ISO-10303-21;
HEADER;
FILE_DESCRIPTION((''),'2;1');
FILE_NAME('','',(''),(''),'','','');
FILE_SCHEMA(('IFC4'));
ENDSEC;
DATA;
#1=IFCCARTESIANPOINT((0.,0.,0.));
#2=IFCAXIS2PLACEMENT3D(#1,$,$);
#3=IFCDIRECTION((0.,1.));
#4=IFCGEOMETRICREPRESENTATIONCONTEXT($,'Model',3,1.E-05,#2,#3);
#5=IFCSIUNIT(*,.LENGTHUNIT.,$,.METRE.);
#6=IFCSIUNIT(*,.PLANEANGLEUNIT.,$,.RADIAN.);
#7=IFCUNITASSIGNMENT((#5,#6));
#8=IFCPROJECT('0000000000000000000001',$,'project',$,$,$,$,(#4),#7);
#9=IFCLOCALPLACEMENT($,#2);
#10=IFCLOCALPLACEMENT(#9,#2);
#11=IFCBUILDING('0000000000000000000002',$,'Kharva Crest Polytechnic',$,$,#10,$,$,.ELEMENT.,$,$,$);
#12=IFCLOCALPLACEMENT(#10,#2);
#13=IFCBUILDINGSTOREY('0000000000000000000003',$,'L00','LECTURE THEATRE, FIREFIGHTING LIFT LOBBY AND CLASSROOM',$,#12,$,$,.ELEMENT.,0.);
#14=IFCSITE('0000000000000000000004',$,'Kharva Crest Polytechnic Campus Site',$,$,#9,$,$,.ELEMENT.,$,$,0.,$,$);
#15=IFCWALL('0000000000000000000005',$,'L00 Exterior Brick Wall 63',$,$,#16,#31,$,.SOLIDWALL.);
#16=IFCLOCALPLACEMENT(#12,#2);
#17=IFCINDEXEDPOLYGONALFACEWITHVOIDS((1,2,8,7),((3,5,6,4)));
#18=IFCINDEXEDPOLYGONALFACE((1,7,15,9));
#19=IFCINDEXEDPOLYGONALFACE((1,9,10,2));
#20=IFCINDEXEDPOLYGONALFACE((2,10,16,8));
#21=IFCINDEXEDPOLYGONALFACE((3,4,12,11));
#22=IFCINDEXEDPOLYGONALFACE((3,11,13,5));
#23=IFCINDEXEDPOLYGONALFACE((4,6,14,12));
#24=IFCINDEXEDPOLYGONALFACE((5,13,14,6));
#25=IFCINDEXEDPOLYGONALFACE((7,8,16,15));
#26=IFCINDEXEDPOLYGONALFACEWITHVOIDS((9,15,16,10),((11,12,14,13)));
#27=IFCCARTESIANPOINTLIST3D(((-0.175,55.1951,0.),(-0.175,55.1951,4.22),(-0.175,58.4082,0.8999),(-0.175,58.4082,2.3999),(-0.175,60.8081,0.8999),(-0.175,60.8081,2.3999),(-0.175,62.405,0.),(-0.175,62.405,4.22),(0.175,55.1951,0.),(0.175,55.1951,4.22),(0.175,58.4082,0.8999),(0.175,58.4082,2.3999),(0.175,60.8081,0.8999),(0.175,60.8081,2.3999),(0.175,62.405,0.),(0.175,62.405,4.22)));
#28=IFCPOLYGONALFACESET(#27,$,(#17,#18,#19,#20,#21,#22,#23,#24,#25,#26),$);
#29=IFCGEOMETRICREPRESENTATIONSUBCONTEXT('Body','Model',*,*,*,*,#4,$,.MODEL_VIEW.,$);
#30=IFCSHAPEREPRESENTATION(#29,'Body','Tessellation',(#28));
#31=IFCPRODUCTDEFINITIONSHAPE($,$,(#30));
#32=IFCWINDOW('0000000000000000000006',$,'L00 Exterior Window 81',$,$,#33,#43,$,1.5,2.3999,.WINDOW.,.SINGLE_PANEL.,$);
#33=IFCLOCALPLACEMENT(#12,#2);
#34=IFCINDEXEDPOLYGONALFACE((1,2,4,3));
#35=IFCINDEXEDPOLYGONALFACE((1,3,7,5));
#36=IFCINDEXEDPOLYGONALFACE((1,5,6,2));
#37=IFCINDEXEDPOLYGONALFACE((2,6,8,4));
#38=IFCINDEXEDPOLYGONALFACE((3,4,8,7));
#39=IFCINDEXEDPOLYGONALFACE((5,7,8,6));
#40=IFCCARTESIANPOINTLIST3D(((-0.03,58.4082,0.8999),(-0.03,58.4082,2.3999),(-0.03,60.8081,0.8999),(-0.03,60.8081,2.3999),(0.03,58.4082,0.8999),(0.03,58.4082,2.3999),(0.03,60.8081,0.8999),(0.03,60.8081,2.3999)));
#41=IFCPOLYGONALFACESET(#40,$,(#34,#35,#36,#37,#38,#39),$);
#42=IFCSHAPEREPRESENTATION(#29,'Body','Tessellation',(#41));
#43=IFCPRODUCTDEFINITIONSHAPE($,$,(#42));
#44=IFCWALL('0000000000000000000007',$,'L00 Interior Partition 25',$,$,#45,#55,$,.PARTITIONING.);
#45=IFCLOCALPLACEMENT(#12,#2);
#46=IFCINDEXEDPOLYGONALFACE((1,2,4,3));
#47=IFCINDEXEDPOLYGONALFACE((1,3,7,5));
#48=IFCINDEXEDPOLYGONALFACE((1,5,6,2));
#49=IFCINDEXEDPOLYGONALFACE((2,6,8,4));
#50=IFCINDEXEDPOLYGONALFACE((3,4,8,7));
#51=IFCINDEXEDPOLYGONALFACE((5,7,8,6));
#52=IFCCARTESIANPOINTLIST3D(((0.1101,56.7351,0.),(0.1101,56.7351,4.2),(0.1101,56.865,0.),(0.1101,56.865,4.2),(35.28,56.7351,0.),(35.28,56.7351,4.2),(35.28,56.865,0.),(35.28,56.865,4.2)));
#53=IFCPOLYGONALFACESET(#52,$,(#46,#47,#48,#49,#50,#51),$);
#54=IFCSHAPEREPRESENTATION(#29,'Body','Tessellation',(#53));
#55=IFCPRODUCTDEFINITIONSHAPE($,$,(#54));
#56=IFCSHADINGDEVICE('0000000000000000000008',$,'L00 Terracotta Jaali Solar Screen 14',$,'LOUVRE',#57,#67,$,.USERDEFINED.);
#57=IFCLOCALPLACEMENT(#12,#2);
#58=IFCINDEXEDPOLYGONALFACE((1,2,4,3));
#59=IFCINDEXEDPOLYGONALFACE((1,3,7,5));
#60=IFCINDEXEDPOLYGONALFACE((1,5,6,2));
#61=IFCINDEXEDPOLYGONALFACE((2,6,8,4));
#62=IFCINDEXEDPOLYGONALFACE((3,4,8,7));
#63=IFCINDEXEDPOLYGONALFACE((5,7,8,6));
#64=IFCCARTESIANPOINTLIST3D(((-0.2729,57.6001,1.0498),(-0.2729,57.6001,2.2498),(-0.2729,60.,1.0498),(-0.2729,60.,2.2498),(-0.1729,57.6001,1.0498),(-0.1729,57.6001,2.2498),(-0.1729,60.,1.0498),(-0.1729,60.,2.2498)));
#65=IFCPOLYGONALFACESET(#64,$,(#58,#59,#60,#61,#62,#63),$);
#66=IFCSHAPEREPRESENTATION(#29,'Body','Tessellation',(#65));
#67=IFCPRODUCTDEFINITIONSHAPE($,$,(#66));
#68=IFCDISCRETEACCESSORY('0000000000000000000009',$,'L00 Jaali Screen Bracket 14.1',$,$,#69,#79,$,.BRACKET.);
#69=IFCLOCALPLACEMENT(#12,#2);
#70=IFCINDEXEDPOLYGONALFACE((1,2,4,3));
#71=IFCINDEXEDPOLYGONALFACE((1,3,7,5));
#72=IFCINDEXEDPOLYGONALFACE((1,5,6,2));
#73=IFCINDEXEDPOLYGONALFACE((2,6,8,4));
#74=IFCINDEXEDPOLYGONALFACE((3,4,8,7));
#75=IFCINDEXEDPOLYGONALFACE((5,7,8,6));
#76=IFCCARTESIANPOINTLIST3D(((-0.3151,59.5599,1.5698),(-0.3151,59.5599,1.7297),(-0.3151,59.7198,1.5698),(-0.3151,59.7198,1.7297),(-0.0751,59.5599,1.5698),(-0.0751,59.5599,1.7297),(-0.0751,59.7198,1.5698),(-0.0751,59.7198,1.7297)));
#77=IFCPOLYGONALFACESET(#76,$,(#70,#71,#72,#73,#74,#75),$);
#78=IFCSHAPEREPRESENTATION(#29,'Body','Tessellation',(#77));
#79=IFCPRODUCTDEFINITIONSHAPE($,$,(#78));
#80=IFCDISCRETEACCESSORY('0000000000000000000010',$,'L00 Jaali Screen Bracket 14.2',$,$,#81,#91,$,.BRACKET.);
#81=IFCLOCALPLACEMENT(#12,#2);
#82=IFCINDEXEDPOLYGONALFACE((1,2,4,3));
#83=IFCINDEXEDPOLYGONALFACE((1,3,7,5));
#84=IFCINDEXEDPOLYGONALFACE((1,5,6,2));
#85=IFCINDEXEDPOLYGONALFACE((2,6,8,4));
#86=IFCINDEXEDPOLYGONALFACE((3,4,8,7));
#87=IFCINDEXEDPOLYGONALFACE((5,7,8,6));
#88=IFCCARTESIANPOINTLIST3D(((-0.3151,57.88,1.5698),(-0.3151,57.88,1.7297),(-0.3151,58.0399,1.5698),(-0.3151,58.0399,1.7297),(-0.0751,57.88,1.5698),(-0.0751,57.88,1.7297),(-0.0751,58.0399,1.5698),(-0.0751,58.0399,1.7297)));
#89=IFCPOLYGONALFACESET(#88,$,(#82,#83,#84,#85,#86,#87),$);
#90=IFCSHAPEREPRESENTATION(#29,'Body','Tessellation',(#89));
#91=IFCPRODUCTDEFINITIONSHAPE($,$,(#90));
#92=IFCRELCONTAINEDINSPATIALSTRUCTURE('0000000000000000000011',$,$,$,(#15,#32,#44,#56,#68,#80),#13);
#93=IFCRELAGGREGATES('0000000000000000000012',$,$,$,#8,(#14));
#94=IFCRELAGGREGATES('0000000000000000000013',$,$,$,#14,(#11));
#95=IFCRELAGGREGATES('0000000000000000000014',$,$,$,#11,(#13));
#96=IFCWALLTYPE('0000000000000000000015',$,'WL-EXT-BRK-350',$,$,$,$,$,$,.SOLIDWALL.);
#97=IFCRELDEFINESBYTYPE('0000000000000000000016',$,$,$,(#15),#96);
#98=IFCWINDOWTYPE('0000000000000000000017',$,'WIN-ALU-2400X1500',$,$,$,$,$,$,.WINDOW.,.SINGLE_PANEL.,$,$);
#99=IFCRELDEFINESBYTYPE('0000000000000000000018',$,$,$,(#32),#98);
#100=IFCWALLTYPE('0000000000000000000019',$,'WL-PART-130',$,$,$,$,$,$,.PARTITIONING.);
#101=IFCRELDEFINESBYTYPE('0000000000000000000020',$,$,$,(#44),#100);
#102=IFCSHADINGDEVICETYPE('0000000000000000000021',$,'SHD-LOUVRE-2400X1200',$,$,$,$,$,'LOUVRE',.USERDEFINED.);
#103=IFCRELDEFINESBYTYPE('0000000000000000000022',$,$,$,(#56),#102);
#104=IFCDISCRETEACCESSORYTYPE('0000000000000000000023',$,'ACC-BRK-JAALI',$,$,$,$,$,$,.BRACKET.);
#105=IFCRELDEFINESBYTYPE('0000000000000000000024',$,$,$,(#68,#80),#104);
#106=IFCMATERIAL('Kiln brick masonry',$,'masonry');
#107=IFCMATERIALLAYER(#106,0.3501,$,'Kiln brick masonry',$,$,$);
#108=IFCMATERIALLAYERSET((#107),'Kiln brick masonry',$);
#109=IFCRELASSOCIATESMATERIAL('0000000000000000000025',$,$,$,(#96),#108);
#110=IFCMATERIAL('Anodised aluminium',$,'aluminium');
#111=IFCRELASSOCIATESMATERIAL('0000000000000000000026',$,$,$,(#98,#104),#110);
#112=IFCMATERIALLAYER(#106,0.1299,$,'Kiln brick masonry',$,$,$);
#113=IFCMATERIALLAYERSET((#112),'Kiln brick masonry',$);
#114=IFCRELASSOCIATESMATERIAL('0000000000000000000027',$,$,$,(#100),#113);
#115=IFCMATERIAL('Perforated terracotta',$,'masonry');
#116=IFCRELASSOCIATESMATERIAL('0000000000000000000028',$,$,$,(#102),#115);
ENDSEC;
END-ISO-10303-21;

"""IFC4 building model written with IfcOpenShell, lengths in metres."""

from ifc_helpers import new_model, si_unit, direction, frame, frame_2d, origin, origin_2d, place, context, subcontext, project, spatial, rectangle, extrude, material, layer, layer_set, type_object, element, fill, save


model = new_model("IFC4")

# Units and contexts
model_context = context("Model", 3, precision=1e-05, world=origin(), true_north=direction((0.0, 1.0)))
body_context = subcontext(model_context, "Body", "Model", "MODEL_VIEW")
ifc_project = project(units=[si_unit("LENGTHUNIT", "METRE"), si_unit("PLANEANGLEUNIT", "RADIAN")], contexts=[model_context])

# Site, building, storey
site_placement = place(None, origin())
site = spatial("IfcSite", under=ifc_project, at=site_placement, Name="Kharva Crest Polytechnic Campus Site", CompositionType="ELEMENT", RefElevation=0.0)
building_placement = place(site_placement, origin())
building = spatial("IfcBuilding", under=site, at=building_placement, Name="Kharva Crest Polytechnic", CompositionType="ELEMENT")
storey_placement = place(building_placement, origin())
storey = spatial("IfcBuildingStorey", under=building, at=storey_placement, Name="L00", Description="LECTURE THEATRE, FIREFIGHTING LIFT LOBBY AND CLASSROOM", CompositionType="ELEMENT", Elevation=0.0)

# Shared definitions
ifc_material_1 = material(Name="Kiln brick masonry", Category="masonry")
ifc_material_2 = material(Name="Anodised aluminium", Category="aluminium")

# Wall, opening, window
ifc_layer_1 = layer(ifc_material_1, 0.3501, Name="Kiln brick masonry")
ifc_layer_set_1 = layer_set([ifc_layer_1], Name="Kiln brick masonry")
wall_type_1 = type_object("IfcWallType", Name="WL-EXT-BRK-350", PredefinedType="SOLIDWALL", material=ifc_layer_set_1)
wall_1_placement = place(storey_placement, frame((0.0, 62.405, 0.0), z_axis=(0.0, 0.0, 1.0), x_axis=(0.0, -1.0, 0.0)))
wall_1 = element("IfcWall", 1, at=wall_1_placement, inside=storey, type_object=wall_type_1, Name="L00 Exterior Brick Wall 63", PredefinedType="SOLIDWALL", context=body_context, shape_type="SweptSolid", body=[
    extrude(rectangle(XDim=7.21, YDim=0.3501, at=frame_2d((3.605, 0.0))), origin(), (0.0, 0.0, 1.0), 4.22),
])
opening_1_placement = place(wall_1_placement, frame((1.5969, 0.0, 0.8999)))
opening_1 = element("IfcOpeningElement", 2, at=opening_1_placement, cuts=wall_1, PredefinedType="OPENING", context=body_context, shape_type="SweptSolid", body=[
    extrude(rectangle(XDim=2.3999, YDim=1.5, at=frame_2d((1.2, 0.75))), frame((0.0, 0.1851, 0.0), z_axis=(0.0, -1.0, 0.0), x_axis=(1.0, 0.0, 0.0)), (0.0, 0.0, 1.0), 0.3701),
])
window_type = type_object("IfcWindowType", Name="WIN-ALU-2400X1500", PartitioningType="SINGLE_PANEL", PredefinedType="WINDOW", material=ifc_material_2)
window_placement = place(opening_1_placement, origin())
window = element("IfcWindow", 3, at=window_placement, inside=storey, type_object=window_type, Name="L00 Exterior Window 81", OverallHeight=1.5, OverallWidth=2.3999, PartitioningType="SINGLE_PANEL", PredefinedType="WINDOW", context=body_context, shape_type="SweptSolid", body=[
    extrude(rectangle(XDim=2.3999, YDim=1.5, at=frame_2d((1.2, 0.75))), frame((0.0, 0.03, 0.0), z_axis=(0.0, -1.0, 0.0), x_axis=(1.0, 0.0, 0.0)), (0.0, 0.0, 1.0), 0.0601),
])
fill(opening_1, window)

# Wall
ifc_layer_2 = layer(ifc_material_1, 0.1299, Name="Kiln brick masonry")
ifc_layer_set_2 = layer_set([ifc_layer_2], Name="Kiln brick masonry")
wall_type_2 = type_object("IfcWallType", Name="WL-PART-130", PredefinedType="PARTITIONING", material=ifc_layer_set_2)
wall_2_placement = place(storey_placement, frame((0.1101, 56.8, 0.0), z_axis=(0.0, 0.0, 1.0), x_axis=(1.0, 0.0, 0.0)))
element("IfcWall", 4, at=wall_2_placement, inside=storey, type_object=wall_type_2, Name="L00 Interior Partition 25", PredefinedType="PARTITIONING", context=body_context, shape_type="SweptSolid", body=[
    extrude(rectangle(XDim=35.1699, YDim=0.1299, at=frame_2d((17.585, 0.0))), origin(), (0.0, 0.0, 1.0), 4.2),
])

# Shading device
ifc_material_3 = material(Name="Perforated terracotta", Category="masonry")
shading_device_type = type_object("IfcShadingDeviceType", Name="SHD-LOUVRE-2400X1200", ElementType="LOUVRE", PredefinedType="USERDEFINED", material=ifc_material_3)
shading_device_placement = place(storey_placement, frame((-0.2229, 58.8, 1.0498), z_axis=(0.0, 0.0, 1.0), x_axis=(0.0, 1.0, 0.0)))
element("IfcShadingDevice", 5, at=shading_device_placement, inside=storey, type_object=shading_device_type, Name="L00 Terracotta Jaali Solar Screen 14", ObjectType="LOUVRE", PredefinedType="USERDEFINED", context=body_context, shape_type="SweptSolid", body=[
    extrude(rectangle(XDim=2.3999, YDim=0.1001, at=origin_2d()), origin(), (0.0, 0.0, 1.0), 1.2),
])

# Discrete accessories
discrete_accessory_type = type_object("IfcDiscreteAccessoryType", Name="ACC-BRK-JAALI", PredefinedType="BRACKET", material=ifc_material_2)
for number, where, z_axis, x_axis, name in (
    (6, (-0.1951, 59.6399, 1.5698), (0.0, 0.0, 1.0), (0.0, 1.0, 0.0), "L00 Jaali Screen Bracket 14.1"),
    (7, (-0.1951, 57.96, 1.5698), (0.0, 0.0, 1.0), (0.0, 1.0, 0.0), "L00 Jaali Screen Bracket 14.2"),
):
    element("IfcDiscreteAccessory", number, at=place(storey_placement, frame(where, z_axis=z_axis, x_axis=x_axis)), inside=storey, type_object=discrete_accessory_type, Name=name, PredefinedType="BRACKET", context=body_context, shape_type="SweptSolid", body=[
        extrude(rectangle(XDim=0.1599, YDim=0.24, at=origin_2d()), origin(), (0.0, 0.0, 1.0), 0.1599),
    ])

save(model, "model.ifc")
